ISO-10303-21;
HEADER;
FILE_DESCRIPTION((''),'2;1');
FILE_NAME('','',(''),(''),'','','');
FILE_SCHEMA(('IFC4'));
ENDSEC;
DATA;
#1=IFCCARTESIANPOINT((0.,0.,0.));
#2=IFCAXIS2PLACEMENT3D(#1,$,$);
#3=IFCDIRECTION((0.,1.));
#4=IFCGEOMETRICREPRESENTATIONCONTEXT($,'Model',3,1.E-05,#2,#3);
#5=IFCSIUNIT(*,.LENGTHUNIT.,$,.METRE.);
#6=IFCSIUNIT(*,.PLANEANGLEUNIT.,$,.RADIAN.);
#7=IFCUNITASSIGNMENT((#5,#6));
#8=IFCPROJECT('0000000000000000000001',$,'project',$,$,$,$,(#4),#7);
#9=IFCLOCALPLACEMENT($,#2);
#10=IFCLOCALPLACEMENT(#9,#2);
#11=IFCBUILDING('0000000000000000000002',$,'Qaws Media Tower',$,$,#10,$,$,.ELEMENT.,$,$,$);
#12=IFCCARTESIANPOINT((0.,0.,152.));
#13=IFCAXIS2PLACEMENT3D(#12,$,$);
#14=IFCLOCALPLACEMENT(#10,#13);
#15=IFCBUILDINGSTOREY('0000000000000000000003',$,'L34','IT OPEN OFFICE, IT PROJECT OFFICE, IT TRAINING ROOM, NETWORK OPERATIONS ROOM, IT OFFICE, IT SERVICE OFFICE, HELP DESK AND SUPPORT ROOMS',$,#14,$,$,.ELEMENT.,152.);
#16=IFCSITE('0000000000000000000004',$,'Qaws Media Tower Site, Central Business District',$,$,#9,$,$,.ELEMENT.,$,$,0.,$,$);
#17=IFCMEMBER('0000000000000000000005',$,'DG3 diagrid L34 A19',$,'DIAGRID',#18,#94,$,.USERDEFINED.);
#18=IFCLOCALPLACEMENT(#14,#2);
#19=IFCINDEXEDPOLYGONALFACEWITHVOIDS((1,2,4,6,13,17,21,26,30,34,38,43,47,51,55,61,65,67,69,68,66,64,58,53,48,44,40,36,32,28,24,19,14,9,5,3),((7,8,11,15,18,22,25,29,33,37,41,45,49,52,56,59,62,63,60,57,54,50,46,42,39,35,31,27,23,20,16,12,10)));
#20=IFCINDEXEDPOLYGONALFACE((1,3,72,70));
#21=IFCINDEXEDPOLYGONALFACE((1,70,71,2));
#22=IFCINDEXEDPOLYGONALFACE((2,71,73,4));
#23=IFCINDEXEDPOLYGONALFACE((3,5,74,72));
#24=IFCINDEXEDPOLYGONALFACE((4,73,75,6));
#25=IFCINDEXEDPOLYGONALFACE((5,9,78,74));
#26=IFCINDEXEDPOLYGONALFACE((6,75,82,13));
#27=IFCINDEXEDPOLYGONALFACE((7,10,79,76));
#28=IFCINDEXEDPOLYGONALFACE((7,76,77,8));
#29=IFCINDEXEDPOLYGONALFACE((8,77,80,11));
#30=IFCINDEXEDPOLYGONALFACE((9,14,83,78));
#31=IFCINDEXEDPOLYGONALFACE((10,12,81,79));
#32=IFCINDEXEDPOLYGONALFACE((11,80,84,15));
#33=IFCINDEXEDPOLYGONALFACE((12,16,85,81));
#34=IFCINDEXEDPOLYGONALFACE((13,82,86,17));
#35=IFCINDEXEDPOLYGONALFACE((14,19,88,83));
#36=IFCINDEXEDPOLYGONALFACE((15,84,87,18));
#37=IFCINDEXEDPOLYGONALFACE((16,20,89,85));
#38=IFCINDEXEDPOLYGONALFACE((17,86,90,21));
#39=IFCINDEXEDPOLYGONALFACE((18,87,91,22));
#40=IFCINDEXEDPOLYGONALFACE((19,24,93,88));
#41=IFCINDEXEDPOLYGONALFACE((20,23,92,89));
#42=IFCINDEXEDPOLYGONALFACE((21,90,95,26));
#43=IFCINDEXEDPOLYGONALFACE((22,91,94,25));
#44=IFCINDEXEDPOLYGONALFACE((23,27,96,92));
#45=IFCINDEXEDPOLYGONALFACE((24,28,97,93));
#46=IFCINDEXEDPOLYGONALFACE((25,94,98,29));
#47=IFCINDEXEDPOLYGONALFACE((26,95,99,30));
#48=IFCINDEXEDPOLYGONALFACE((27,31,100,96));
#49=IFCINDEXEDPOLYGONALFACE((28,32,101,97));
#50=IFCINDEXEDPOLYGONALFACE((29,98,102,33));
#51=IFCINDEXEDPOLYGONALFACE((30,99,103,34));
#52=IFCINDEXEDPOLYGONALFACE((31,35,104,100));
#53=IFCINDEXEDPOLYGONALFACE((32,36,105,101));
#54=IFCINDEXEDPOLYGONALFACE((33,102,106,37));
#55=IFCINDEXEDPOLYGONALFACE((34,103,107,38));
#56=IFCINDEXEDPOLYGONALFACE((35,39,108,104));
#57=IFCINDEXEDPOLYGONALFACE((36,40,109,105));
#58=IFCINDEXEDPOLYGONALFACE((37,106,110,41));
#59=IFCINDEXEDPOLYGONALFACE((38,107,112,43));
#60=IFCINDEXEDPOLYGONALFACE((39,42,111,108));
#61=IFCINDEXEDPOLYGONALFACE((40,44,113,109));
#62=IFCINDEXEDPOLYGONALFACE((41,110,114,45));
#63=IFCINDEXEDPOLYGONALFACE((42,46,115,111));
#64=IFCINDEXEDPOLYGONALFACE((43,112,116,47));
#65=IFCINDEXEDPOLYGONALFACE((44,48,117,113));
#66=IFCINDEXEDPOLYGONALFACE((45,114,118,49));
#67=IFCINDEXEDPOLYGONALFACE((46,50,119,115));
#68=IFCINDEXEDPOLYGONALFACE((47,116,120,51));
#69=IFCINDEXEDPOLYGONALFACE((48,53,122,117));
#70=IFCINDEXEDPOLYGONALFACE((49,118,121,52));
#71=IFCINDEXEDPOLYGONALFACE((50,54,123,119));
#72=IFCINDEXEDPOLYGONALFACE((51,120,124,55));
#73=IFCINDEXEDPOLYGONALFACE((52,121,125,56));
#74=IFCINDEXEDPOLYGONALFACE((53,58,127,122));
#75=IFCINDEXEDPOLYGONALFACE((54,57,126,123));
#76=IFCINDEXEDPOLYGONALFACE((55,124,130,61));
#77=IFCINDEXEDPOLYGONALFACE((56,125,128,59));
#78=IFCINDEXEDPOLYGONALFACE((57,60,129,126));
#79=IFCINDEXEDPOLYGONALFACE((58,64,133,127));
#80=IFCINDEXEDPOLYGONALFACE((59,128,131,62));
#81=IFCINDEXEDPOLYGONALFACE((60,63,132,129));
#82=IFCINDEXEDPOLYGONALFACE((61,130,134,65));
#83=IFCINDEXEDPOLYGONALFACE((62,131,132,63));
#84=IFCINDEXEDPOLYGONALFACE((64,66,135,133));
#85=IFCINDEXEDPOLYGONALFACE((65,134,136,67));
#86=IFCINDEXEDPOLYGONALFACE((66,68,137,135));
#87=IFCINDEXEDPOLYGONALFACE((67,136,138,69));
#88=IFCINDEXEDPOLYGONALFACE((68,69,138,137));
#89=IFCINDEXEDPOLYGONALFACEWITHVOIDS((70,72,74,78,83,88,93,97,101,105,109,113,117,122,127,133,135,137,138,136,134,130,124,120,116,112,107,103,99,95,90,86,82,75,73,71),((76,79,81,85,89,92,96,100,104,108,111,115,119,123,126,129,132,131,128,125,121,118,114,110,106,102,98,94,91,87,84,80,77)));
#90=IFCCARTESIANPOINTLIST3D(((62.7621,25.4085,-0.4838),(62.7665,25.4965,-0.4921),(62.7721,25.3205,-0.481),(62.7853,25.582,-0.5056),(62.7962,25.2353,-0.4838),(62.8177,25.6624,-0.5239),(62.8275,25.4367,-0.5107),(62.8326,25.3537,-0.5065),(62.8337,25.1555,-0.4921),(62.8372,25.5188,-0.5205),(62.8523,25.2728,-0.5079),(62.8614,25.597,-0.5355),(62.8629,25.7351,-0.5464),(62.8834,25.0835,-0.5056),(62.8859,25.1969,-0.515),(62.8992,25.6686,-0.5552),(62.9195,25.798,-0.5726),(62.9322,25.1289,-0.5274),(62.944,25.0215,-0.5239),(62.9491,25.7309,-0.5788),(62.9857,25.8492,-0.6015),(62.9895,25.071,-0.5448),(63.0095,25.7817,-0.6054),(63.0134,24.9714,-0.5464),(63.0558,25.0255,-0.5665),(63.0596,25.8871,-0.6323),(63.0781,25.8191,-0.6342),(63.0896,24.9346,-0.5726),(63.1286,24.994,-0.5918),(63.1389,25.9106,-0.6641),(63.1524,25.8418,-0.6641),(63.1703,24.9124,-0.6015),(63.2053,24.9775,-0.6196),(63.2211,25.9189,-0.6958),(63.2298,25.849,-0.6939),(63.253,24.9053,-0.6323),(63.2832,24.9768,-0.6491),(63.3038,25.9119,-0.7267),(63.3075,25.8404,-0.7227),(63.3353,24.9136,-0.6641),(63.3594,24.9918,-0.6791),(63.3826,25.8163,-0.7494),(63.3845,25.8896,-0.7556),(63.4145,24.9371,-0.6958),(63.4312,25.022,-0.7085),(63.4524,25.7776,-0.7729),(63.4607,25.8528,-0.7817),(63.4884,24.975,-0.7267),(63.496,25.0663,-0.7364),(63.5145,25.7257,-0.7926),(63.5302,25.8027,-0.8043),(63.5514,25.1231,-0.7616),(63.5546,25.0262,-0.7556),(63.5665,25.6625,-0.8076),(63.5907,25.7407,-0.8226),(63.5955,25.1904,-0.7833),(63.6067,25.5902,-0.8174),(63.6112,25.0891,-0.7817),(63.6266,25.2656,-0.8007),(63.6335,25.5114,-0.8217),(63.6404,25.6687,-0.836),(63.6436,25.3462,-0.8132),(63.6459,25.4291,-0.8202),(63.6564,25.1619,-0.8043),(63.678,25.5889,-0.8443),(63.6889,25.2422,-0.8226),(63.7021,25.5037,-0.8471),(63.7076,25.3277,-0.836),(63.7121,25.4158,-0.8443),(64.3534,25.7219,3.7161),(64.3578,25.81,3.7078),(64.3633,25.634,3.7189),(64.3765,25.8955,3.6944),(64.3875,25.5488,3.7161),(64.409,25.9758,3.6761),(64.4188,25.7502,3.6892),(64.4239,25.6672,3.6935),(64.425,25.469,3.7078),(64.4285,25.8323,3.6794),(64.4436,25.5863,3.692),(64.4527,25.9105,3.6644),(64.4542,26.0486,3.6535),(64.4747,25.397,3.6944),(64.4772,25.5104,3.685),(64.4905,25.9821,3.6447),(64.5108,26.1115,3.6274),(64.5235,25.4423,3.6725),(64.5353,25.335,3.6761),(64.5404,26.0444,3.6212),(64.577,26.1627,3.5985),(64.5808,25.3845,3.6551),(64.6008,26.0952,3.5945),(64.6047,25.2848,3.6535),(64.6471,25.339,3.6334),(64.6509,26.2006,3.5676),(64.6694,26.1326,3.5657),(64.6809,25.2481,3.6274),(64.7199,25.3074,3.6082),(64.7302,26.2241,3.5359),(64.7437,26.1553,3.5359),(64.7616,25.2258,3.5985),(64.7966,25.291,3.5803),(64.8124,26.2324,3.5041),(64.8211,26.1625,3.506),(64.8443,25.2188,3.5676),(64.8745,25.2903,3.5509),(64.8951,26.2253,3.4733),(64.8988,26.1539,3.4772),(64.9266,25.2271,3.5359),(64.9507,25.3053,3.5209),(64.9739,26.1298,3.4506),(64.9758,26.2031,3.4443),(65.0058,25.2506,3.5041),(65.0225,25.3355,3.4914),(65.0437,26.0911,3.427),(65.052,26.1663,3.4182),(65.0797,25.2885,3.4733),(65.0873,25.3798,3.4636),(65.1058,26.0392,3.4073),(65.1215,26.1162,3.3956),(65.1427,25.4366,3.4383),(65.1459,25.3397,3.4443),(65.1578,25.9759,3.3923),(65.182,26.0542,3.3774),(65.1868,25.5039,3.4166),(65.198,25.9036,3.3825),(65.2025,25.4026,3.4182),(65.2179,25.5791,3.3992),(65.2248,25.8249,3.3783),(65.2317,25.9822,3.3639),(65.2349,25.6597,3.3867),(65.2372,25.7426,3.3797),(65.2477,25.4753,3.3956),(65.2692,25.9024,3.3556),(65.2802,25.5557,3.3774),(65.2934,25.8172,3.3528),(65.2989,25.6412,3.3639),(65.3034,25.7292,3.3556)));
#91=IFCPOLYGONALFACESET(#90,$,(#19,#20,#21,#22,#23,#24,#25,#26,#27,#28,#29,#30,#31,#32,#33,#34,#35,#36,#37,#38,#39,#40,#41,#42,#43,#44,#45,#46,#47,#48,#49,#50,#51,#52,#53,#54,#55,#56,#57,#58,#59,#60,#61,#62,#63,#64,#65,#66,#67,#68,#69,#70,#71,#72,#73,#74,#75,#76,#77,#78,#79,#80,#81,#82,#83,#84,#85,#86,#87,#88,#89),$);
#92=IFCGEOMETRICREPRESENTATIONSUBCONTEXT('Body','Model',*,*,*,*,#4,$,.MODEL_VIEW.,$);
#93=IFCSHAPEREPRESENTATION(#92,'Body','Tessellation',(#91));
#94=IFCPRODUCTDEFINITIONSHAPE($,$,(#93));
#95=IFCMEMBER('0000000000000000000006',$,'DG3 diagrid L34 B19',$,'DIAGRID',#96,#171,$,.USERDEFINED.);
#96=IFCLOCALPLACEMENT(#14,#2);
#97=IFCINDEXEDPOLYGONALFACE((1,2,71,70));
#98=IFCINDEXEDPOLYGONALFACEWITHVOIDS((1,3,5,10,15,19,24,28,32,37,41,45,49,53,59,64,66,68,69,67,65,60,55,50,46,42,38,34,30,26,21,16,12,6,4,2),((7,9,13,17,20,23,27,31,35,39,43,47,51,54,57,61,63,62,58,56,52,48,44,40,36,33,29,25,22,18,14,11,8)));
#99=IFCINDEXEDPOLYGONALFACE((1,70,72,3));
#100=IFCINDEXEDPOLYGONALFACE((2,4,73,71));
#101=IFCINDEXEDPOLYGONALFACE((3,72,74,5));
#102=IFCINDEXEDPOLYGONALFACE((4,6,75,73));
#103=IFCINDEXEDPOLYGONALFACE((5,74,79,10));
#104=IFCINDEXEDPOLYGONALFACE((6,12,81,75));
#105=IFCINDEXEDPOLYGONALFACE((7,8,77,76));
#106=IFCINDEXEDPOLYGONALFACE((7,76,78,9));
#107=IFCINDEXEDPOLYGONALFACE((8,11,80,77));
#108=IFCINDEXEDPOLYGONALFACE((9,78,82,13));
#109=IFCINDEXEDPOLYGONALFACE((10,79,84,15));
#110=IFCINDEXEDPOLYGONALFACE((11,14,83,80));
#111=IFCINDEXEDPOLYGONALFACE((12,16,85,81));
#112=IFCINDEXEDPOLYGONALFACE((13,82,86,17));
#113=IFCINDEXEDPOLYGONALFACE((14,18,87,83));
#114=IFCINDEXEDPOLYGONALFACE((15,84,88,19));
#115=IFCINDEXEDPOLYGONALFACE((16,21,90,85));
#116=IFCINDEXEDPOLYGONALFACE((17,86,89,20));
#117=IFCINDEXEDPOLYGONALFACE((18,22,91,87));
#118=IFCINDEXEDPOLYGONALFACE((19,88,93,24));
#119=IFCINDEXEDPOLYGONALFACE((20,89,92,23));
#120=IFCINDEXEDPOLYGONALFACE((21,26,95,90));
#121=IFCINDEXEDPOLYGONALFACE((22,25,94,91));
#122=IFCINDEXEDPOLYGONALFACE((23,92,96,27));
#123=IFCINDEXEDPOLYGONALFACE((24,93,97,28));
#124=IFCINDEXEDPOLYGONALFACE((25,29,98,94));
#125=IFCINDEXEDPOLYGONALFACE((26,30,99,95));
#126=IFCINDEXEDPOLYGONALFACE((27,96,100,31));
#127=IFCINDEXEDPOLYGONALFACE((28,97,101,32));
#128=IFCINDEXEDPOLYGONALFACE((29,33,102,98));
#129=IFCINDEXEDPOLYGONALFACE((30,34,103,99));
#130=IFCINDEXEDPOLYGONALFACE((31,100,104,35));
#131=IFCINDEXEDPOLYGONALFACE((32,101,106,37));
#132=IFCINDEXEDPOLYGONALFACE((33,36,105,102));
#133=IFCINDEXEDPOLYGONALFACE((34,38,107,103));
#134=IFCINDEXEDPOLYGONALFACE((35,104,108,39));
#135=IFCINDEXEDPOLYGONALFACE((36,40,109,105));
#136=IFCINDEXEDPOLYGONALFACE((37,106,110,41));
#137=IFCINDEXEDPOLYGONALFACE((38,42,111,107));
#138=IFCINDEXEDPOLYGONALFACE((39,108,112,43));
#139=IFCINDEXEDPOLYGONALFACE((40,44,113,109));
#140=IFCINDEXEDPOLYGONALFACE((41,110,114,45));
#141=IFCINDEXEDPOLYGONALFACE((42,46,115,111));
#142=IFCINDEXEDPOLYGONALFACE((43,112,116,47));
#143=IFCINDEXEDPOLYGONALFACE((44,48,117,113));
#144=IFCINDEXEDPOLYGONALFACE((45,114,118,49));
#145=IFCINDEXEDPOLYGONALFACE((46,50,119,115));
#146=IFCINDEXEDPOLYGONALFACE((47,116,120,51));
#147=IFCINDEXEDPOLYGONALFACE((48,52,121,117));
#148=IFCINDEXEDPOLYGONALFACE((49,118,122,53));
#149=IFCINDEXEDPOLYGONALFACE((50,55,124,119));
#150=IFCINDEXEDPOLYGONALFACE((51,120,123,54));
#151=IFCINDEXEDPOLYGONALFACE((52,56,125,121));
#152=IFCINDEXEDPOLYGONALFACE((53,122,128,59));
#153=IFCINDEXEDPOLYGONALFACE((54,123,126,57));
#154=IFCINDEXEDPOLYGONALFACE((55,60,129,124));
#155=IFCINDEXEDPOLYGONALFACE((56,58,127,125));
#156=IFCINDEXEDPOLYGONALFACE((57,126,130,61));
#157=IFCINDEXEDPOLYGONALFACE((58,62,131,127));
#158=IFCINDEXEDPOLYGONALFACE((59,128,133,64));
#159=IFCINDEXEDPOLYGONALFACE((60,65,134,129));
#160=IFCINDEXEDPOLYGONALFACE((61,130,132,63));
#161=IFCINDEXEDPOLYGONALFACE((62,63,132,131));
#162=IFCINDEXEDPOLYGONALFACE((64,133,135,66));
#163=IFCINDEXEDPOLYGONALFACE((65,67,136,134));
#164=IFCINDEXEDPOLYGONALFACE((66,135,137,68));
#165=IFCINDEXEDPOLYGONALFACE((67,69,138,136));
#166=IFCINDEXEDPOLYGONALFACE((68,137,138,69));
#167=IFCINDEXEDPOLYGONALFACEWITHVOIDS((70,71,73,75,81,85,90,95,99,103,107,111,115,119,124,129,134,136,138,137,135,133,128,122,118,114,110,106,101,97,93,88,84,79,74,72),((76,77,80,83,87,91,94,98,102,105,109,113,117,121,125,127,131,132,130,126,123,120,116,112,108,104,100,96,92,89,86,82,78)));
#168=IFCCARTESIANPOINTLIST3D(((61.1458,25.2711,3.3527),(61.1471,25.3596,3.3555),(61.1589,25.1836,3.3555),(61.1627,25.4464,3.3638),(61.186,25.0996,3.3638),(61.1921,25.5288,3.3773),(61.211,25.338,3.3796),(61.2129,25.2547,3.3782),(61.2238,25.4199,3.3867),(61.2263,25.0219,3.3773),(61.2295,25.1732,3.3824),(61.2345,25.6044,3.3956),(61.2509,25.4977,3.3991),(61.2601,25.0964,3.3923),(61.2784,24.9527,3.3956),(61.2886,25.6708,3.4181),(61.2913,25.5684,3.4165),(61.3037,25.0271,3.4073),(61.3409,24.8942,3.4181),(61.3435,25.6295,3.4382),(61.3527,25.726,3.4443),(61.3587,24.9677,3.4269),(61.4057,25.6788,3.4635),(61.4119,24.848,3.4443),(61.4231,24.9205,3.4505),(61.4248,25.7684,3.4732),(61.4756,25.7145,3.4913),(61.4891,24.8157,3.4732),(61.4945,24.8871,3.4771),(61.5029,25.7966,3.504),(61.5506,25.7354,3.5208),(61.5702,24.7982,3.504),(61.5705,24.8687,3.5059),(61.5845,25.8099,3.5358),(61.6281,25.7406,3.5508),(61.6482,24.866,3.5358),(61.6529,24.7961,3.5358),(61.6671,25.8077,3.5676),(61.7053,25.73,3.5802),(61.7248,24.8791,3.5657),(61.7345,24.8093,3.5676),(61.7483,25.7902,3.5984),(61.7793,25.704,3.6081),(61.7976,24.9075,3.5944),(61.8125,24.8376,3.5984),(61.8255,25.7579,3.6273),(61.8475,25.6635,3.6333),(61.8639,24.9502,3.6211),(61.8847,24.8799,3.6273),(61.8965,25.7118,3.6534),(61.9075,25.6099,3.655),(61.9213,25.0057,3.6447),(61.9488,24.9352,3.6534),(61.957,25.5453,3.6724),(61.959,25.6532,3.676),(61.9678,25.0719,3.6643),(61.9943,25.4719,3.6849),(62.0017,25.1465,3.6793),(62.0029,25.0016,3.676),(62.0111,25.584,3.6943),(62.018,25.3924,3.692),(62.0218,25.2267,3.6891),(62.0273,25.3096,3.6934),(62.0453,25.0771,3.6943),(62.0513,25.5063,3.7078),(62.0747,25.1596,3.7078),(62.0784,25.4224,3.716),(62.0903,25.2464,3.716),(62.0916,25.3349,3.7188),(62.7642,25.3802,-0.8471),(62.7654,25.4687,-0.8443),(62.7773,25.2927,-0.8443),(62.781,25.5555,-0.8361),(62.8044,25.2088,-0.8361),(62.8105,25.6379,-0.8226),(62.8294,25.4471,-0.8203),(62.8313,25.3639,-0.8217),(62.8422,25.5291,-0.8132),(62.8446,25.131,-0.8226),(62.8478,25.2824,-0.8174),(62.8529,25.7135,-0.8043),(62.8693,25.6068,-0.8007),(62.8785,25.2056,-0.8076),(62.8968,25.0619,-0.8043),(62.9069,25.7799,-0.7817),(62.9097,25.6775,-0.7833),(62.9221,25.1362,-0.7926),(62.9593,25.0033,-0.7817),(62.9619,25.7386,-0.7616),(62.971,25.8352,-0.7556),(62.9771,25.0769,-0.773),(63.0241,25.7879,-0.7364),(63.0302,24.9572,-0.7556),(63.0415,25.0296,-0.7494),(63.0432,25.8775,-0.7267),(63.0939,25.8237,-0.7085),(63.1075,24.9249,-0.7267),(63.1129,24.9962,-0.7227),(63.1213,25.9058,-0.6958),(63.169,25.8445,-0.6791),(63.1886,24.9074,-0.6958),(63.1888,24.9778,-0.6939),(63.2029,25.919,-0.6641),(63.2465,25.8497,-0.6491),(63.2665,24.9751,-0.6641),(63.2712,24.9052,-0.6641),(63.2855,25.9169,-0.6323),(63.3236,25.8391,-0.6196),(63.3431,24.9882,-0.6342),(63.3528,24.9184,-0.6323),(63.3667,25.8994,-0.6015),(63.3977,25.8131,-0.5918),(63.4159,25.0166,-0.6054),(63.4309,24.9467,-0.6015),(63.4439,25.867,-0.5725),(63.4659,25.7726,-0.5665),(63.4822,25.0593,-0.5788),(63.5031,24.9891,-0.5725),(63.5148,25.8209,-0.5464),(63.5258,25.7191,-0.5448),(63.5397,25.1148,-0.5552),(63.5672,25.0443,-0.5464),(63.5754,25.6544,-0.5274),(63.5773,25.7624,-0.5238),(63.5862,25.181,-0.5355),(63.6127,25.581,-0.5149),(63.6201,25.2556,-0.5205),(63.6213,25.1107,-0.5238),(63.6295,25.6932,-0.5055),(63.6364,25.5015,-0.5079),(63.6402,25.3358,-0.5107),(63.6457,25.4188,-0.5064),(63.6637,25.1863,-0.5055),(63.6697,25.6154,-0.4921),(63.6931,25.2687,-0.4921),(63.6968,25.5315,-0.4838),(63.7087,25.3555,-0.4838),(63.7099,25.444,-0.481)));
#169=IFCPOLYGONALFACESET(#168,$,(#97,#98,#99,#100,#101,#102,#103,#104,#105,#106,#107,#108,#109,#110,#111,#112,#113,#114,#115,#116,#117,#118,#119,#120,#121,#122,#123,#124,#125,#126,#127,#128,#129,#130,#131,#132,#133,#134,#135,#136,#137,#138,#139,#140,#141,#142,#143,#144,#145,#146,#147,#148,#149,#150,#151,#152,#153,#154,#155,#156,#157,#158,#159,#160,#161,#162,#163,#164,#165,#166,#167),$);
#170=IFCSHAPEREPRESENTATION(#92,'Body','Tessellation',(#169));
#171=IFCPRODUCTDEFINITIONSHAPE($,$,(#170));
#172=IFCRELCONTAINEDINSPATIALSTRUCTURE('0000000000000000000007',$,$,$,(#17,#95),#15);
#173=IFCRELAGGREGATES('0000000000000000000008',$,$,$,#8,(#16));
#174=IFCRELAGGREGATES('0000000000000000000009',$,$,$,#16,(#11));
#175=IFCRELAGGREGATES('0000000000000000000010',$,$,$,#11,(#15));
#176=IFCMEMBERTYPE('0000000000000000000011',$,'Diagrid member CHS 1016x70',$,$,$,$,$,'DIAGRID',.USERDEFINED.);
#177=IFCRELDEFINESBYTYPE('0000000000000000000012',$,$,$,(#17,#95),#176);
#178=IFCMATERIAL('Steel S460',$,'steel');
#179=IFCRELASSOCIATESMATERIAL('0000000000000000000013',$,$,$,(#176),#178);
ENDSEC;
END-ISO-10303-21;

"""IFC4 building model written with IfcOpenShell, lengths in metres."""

from ifc_helpers import new_model, si_unit, direction, frame, origin, origin_2d, place, context, subcontext, project, spatial, hollow_circle, extrude, material, material_profile, profile_set, type_object, element, save


model = new_model("IFC4")

# Units and contexts
model_context = context("Model", 3, precision=1e-05, world=origin(), true_north=direction((0.0, 1.0)))
body_context = subcontext(model_context, "Body", "Model", "MODEL_VIEW")
ifc_project = project(units=[si_unit("LENGTHUNIT", "METRE"), si_unit("PLANEANGLEUNIT", "RADIAN")], contexts=[model_context])

# Site, building, storey
site_placement = place(None, origin())
site = spatial("IfcSite", under=ifc_project, at=site_placement, Name="Qaws Media Tower Site, Central Business District", CompositionType="ELEMENT", RefElevation=0.0)
building_placement = place(site_placement, origin())
building = spatial("IfcBuilding", under=site, at=building_placement, Name="Qaws Media Tower", CompositionType="ELEMENT")
storey_placement = place(building_placement, frame((0.0, 0.0, 152.0)))
storey = spatial("IfcBuildingStorey", under=building, at=storey_placement, Name="L34", Description="IT OPEN OFFICE, IT PROJECT OFFICE, IT TRAINING ROOM, NETWORK OPERATIONS ROOM, IT OFFICE, IT SERVICE OFFICE, HELP DESK AND SUPPORT ROOMS", CompositionType="ELEMENT", Elevation=152.0)

# Members
ifc_material_1 = material(Name="Steel S460", Category="steel")
ifc_material_profile_1 = material_profile(ifc_material_1, hollow_circle(Radius=0.5081, WallThickness=0.0701, at=origin_2d()), Name="CHS 1016x70")
ifc_profile_set_1 = profile_set([ifc_material_profile_1], Name="Steel S460")
member_type_1 = type_object("IfcMemberType", Name="Diagrid member CHS 1016x70", ElementType="DIAGRID", PredefinedType="USERDEFINED", material=ifc_profile_set_1)
for number, where, z_axis, x_axis, name in (
    (1, (63.2371, 25.4121, -0.6641), (0.353449, 0.069627, 0.932859), (-0.193278, 0.981144, 0.0), "DG3 diagrid L34 A19"),
    (2, (63.2371, 25.4121, -0.6641), (-0.359462, -0.024239, 0.932845), (0.067278, -0.997734, 0.0), "DG3 diagrid L34 B19"),
):
    element("IfcMember", number, at=place(storey_placement, frame(where, z_axis=z_axis, x_axis=x_axis)), inside=storey, type_object=member_type_1, Name=name, ObjectType="DIAGRID", PredefinedType="USERDEFINED", context=body_context, shape_type="SweptSolid", body=[
        extrude(hollow_circle(Radius=0.5081, WallThickness=0.0701, at=origin_2d()), origin(), (0.0, 0.0, 1.0), 4.5022),
    ])

save(model, "model.ifc")
